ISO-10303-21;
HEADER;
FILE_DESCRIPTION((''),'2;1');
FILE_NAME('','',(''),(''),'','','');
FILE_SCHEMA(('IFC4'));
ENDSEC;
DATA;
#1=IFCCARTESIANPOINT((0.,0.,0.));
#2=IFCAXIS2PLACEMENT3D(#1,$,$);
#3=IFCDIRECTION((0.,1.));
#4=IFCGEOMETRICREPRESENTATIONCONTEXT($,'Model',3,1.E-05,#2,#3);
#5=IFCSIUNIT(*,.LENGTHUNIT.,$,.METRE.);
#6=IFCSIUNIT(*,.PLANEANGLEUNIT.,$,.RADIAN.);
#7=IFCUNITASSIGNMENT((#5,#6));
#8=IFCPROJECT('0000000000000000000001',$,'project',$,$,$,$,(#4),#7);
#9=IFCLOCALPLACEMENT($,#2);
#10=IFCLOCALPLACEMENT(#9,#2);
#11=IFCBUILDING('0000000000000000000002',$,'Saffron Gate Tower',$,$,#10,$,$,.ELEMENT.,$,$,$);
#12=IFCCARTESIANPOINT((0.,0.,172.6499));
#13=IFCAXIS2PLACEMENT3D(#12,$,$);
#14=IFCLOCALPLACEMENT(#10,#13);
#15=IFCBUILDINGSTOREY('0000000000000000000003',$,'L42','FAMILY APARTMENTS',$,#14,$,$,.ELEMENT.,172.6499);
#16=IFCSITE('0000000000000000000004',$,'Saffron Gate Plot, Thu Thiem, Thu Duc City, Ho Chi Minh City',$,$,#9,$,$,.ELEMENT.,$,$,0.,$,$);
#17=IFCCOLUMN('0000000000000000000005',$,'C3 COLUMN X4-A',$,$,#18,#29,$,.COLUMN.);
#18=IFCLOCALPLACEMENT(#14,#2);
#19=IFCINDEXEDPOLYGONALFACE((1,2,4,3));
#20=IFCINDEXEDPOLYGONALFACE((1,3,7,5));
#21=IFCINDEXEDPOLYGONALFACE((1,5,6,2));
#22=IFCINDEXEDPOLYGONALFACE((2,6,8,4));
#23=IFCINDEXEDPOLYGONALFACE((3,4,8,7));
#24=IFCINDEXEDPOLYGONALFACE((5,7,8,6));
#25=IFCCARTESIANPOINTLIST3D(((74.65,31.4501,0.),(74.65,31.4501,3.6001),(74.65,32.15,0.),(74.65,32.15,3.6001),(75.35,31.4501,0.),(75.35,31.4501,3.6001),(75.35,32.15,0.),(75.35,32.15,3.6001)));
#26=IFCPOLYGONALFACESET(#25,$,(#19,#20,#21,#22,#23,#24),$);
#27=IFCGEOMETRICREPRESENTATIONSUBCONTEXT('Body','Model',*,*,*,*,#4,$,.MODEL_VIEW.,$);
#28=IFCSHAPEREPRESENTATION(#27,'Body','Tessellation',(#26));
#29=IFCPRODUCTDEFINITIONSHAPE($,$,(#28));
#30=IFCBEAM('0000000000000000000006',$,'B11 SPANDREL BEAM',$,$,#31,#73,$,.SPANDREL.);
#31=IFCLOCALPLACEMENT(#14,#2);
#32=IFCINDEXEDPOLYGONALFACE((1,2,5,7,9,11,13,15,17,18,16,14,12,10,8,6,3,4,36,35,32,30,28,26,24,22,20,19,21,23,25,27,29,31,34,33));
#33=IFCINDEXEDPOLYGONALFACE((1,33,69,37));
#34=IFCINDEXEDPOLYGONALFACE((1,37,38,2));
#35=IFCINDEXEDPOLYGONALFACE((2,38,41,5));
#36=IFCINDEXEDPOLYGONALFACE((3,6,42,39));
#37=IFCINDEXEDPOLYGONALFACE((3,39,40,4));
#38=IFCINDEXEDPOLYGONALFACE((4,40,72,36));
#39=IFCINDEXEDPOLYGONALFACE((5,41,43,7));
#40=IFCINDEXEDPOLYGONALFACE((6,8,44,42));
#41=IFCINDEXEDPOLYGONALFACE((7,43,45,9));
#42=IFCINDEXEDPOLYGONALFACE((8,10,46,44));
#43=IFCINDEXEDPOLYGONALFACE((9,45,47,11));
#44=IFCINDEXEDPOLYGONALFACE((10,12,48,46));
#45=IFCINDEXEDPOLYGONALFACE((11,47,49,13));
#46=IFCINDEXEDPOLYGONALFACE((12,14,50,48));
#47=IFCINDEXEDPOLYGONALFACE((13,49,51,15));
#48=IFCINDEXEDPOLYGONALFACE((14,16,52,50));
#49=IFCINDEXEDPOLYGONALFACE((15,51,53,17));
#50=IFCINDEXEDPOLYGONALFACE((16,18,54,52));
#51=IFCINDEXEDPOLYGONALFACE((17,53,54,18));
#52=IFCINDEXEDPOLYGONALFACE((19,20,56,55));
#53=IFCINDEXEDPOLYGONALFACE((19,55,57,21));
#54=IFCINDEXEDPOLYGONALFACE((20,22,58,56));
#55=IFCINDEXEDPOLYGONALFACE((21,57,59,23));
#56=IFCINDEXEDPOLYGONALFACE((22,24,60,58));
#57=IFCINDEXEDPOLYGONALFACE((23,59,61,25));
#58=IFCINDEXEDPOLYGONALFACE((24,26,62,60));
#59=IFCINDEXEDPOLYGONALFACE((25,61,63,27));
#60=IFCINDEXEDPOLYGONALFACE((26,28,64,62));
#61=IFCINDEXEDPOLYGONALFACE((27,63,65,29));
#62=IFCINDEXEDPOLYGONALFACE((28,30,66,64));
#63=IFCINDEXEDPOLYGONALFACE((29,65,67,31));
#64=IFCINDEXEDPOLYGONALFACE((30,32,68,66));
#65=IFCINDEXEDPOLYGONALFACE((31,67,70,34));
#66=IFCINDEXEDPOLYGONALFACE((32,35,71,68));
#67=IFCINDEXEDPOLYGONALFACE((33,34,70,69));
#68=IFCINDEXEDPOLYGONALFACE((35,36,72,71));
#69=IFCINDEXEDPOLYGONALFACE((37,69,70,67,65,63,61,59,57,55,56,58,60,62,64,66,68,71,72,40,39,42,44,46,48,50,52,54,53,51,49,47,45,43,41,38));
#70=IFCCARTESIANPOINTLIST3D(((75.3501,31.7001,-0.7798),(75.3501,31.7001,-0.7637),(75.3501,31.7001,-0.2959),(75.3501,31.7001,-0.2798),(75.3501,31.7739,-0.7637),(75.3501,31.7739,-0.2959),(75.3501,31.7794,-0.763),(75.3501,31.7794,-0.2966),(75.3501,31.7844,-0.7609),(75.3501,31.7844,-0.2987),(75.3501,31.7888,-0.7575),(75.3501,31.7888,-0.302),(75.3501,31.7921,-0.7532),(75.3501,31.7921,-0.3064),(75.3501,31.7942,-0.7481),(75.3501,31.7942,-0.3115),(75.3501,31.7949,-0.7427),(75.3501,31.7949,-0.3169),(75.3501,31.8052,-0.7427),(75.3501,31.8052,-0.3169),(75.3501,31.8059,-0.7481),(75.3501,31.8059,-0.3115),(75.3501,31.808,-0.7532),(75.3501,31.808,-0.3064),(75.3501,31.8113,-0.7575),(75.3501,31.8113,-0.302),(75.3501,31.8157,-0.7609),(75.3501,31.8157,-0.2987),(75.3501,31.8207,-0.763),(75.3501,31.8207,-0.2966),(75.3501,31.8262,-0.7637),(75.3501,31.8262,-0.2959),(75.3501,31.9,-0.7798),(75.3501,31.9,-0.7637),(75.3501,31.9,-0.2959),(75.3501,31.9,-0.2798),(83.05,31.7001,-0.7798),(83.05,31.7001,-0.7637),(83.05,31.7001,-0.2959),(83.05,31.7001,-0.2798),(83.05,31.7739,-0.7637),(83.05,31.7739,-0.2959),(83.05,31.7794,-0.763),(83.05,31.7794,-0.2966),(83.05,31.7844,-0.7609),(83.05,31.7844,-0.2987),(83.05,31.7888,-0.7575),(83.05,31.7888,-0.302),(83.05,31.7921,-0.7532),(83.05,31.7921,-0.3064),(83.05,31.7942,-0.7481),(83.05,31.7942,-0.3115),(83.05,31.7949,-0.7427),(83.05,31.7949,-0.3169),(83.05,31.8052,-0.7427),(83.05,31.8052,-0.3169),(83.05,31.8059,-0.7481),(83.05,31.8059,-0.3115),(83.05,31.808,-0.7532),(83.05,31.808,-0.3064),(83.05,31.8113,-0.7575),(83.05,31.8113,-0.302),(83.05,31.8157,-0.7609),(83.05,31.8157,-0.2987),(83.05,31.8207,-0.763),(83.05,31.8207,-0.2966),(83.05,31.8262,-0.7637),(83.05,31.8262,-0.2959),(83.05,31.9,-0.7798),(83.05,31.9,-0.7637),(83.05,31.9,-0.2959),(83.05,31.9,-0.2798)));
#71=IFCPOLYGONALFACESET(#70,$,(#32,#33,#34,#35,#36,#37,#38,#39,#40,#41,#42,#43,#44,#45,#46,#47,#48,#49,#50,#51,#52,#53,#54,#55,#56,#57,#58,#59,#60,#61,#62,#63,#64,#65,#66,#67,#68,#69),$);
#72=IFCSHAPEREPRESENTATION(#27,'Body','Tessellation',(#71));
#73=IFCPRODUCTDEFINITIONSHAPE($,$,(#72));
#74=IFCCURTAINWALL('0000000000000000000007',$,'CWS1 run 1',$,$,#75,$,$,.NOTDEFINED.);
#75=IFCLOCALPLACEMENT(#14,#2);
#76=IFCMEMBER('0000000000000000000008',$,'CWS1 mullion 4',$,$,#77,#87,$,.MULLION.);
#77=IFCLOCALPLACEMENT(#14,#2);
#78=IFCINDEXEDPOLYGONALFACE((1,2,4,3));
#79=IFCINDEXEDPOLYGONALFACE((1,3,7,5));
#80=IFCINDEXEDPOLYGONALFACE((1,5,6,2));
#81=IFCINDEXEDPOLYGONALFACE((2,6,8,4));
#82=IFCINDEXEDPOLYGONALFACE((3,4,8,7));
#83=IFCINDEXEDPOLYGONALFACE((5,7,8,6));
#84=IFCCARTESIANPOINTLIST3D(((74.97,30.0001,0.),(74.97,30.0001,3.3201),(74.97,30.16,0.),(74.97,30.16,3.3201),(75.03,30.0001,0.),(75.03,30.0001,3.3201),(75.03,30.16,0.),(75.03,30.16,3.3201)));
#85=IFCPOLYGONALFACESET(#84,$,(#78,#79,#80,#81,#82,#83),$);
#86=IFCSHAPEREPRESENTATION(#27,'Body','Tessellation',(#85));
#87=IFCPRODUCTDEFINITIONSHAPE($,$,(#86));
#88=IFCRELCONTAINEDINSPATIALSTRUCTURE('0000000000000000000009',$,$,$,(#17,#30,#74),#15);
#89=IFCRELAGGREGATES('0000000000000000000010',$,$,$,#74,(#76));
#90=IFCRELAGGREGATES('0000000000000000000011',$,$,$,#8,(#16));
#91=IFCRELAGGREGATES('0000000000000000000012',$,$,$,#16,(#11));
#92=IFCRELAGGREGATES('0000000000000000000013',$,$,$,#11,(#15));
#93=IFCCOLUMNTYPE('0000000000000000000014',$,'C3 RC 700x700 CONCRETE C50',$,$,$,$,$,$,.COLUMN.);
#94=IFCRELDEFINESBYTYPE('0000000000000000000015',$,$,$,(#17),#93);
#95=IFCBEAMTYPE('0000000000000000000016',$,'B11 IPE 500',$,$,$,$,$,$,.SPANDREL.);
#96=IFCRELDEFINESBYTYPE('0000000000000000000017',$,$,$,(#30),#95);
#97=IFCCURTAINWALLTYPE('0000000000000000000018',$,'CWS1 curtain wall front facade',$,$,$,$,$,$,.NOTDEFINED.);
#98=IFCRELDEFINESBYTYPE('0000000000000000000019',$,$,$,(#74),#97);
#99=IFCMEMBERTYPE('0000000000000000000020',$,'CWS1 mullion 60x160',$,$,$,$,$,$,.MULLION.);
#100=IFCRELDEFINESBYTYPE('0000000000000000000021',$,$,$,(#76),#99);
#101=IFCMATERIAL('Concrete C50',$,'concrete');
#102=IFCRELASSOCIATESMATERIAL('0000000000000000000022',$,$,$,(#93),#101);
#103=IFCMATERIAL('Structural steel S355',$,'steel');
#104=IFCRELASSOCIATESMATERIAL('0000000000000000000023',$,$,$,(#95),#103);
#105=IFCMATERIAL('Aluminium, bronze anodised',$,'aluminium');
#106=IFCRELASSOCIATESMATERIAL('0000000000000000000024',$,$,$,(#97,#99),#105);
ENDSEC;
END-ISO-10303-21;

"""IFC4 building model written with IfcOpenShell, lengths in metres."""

from ifc_helpers import new_model, si_unit, direction, frame, origin, origin_2d, place, context, subcontext, project, spatial, rectangle, i_section, extrude, material, material_profile, profile_set, type_object, element, aggregate, save


model = new_model("IFC4")

# Units and contexts
model_context = context("Model", 3, precision=1e-05, world=origin(), true_north=direction((0.0, 1.0)))
body_context = subcontext(model_context, "Body", "Model", "MODEL_VIEW")
ifc_project = project(units=[si_unit("LENGTHUNIT", "METRE"), si_unit("PLANEANGLEUNIT", "RADIAN")], contexts=[model_context])

# Site, building, storey
site_placement = place(None, origin())
site = spatial("IfcSite", under=ifc_project, at=site_placement, Name="Saffron Gate Plot, Thu Thiem, Thu Duc City, Ho Chi Minh City", CompositionType="ELEMENT", RefElevation=0.0)
building_placement = place(site_placement, origin())
building = spatial("IfcBuilding", under=site, at=building_placement, Name="Saffron Gate Tower", CompositionType="ELEMENT")
storey_placement = place(building_placement, frame((0.0, 0.0, 172.6499)))
storey = spatial("IfcBuildingStorey", under=building, at=storey_placement, Name="L42", Description="FAMILY APARTMENTS", CompositionType="ELEMENT", Elevation=172.6499)

# Column
ifc_material_1 = material(Name="Concrete C50", Category="concrete")
ifc_material_profile_1 = material_profile(ifc_material_1, rectangle(XDim=0.7, YDim=0.7, at=origin_2d()))
ifc_profile_set_1 = profile_set([ifc_material_profile_1], Name="Concrete C50")
column_type = type_object("IfcColumnType", Name="C3 RC 700x700 CONCRETE C50", PredefinedType="COLUMN", material=ifc_profile_set_1)
column_placement = place(storey_placement, frame((75.0, 31.8, 0.0), z_axis=(0.0, 0.0, 1.0), x_axis=(1.0, 0.0, 0.0)))
element("IfcColumn", 1, at=column_placement, inside=storey, type_object=column_type, Name="C3 COLUMN X4-A", PredefinedType="COLUMN", context=body_context, shape_type="SweptSolid", body=[
    extrude(rectangle(XDim=0.7, YDim=0.7, at=origin_2d()), origin(), (0.0, 0.0, 1.0), 3.6001),
])

# Beam
ifc_material_2 = material(Name="Structural steel S355", Category="steel")
ifc_material_profile_2 = material_profile(ifc_material_2, i_section(OverallWidth=0.2, OverallDepth=0.5, WebThickness=0.0103, FlangeThickness=0.0161, FilletRadius=0.021, at=origin_2d()))
ifc_profile_set_2 = profile_set([ifc_material_profile_2], Name="Structural steel S355")
beam_type = type_object("IfcBeamType", Name="B11 IPE 500", PredefinedType="SPANDREL", material=ifc_profile_set_2)
beam_placement = place(storey_placement, frame((75.3501, 31.8, -0.5298), z_axis=(1.0, 0.0, 0.0), x_axis=(0.0, 1.0, 0.0)))
element("IfcBeam", 2, at=beam_placement, inside=storey, type_object=beam_type, Name="B11 SPANDREL BEAM", PredefinedType="SPANDREL", context=body_context, shape_type="SweptSolid", body=[
    extrude(i_section(OverallWidth=0.2, OverallDepth=0.5, WebThickness=0.0103, FlangeThickness=0.0161, FilletRadius=0.021, at=origin_2d()), origin(), (0.0, 0.0, 1.0), 7.7),
])

# Curtain wall, member
ifc_material_3 = material(Name="Aluminium, bronze anodised", Category="aluminium")
curtain_wall_type = type_object("IfcCurtainWallType", Name="CWS1 curtain wall front facade", PredefinedType="NOTDEFINED", material=ifc_material_3)
curtain_wall_placement = place(storey_placement, origin())
curtain_wall = element("IfcCurtainWall", 3, at=curtain_wall_placement, inside=storey, type_object=curtain_wall_type, Name="CWS1 run 1", PredefinedType="NOTDEFINED")
ifc_material_profile_3 = material_profile(ifc_material_3, rectangle(XDim=0.1599, YDim=0.0601, at=origin_2d()))
ifc_profile_set_3 = profile_set([ifc_material_profile_3], Name="Aluminium, bronze anodised")
member_type = type_object("IfcMemberType", Name="CWS1 mullion 60x160", PredefinedType="MULLION", material=ifc_profile_set_3)
member_placement = place(storey_placement, frame((75.0, 30.0801, 0.0), z_axis=(0.0, 0.0, 1.0), x_axis=(0.0, 1.0, 0.0)))
member = element("IfcMember", 4, at=member_placement, type_object=member_type, Name="CWS1 mullion 4", PredefinedType="MULLION", context=body_context, shape_type="SweptSolid", body=[
    extrude(rectangle(XDim=0.1599, YDim=0.0601, at=origin_2d()), origin(), (0.0, 0.0, 1.0), 3.3201),
])
aggregate(curtain_wall, [member])

save(model, "model.ifc")
